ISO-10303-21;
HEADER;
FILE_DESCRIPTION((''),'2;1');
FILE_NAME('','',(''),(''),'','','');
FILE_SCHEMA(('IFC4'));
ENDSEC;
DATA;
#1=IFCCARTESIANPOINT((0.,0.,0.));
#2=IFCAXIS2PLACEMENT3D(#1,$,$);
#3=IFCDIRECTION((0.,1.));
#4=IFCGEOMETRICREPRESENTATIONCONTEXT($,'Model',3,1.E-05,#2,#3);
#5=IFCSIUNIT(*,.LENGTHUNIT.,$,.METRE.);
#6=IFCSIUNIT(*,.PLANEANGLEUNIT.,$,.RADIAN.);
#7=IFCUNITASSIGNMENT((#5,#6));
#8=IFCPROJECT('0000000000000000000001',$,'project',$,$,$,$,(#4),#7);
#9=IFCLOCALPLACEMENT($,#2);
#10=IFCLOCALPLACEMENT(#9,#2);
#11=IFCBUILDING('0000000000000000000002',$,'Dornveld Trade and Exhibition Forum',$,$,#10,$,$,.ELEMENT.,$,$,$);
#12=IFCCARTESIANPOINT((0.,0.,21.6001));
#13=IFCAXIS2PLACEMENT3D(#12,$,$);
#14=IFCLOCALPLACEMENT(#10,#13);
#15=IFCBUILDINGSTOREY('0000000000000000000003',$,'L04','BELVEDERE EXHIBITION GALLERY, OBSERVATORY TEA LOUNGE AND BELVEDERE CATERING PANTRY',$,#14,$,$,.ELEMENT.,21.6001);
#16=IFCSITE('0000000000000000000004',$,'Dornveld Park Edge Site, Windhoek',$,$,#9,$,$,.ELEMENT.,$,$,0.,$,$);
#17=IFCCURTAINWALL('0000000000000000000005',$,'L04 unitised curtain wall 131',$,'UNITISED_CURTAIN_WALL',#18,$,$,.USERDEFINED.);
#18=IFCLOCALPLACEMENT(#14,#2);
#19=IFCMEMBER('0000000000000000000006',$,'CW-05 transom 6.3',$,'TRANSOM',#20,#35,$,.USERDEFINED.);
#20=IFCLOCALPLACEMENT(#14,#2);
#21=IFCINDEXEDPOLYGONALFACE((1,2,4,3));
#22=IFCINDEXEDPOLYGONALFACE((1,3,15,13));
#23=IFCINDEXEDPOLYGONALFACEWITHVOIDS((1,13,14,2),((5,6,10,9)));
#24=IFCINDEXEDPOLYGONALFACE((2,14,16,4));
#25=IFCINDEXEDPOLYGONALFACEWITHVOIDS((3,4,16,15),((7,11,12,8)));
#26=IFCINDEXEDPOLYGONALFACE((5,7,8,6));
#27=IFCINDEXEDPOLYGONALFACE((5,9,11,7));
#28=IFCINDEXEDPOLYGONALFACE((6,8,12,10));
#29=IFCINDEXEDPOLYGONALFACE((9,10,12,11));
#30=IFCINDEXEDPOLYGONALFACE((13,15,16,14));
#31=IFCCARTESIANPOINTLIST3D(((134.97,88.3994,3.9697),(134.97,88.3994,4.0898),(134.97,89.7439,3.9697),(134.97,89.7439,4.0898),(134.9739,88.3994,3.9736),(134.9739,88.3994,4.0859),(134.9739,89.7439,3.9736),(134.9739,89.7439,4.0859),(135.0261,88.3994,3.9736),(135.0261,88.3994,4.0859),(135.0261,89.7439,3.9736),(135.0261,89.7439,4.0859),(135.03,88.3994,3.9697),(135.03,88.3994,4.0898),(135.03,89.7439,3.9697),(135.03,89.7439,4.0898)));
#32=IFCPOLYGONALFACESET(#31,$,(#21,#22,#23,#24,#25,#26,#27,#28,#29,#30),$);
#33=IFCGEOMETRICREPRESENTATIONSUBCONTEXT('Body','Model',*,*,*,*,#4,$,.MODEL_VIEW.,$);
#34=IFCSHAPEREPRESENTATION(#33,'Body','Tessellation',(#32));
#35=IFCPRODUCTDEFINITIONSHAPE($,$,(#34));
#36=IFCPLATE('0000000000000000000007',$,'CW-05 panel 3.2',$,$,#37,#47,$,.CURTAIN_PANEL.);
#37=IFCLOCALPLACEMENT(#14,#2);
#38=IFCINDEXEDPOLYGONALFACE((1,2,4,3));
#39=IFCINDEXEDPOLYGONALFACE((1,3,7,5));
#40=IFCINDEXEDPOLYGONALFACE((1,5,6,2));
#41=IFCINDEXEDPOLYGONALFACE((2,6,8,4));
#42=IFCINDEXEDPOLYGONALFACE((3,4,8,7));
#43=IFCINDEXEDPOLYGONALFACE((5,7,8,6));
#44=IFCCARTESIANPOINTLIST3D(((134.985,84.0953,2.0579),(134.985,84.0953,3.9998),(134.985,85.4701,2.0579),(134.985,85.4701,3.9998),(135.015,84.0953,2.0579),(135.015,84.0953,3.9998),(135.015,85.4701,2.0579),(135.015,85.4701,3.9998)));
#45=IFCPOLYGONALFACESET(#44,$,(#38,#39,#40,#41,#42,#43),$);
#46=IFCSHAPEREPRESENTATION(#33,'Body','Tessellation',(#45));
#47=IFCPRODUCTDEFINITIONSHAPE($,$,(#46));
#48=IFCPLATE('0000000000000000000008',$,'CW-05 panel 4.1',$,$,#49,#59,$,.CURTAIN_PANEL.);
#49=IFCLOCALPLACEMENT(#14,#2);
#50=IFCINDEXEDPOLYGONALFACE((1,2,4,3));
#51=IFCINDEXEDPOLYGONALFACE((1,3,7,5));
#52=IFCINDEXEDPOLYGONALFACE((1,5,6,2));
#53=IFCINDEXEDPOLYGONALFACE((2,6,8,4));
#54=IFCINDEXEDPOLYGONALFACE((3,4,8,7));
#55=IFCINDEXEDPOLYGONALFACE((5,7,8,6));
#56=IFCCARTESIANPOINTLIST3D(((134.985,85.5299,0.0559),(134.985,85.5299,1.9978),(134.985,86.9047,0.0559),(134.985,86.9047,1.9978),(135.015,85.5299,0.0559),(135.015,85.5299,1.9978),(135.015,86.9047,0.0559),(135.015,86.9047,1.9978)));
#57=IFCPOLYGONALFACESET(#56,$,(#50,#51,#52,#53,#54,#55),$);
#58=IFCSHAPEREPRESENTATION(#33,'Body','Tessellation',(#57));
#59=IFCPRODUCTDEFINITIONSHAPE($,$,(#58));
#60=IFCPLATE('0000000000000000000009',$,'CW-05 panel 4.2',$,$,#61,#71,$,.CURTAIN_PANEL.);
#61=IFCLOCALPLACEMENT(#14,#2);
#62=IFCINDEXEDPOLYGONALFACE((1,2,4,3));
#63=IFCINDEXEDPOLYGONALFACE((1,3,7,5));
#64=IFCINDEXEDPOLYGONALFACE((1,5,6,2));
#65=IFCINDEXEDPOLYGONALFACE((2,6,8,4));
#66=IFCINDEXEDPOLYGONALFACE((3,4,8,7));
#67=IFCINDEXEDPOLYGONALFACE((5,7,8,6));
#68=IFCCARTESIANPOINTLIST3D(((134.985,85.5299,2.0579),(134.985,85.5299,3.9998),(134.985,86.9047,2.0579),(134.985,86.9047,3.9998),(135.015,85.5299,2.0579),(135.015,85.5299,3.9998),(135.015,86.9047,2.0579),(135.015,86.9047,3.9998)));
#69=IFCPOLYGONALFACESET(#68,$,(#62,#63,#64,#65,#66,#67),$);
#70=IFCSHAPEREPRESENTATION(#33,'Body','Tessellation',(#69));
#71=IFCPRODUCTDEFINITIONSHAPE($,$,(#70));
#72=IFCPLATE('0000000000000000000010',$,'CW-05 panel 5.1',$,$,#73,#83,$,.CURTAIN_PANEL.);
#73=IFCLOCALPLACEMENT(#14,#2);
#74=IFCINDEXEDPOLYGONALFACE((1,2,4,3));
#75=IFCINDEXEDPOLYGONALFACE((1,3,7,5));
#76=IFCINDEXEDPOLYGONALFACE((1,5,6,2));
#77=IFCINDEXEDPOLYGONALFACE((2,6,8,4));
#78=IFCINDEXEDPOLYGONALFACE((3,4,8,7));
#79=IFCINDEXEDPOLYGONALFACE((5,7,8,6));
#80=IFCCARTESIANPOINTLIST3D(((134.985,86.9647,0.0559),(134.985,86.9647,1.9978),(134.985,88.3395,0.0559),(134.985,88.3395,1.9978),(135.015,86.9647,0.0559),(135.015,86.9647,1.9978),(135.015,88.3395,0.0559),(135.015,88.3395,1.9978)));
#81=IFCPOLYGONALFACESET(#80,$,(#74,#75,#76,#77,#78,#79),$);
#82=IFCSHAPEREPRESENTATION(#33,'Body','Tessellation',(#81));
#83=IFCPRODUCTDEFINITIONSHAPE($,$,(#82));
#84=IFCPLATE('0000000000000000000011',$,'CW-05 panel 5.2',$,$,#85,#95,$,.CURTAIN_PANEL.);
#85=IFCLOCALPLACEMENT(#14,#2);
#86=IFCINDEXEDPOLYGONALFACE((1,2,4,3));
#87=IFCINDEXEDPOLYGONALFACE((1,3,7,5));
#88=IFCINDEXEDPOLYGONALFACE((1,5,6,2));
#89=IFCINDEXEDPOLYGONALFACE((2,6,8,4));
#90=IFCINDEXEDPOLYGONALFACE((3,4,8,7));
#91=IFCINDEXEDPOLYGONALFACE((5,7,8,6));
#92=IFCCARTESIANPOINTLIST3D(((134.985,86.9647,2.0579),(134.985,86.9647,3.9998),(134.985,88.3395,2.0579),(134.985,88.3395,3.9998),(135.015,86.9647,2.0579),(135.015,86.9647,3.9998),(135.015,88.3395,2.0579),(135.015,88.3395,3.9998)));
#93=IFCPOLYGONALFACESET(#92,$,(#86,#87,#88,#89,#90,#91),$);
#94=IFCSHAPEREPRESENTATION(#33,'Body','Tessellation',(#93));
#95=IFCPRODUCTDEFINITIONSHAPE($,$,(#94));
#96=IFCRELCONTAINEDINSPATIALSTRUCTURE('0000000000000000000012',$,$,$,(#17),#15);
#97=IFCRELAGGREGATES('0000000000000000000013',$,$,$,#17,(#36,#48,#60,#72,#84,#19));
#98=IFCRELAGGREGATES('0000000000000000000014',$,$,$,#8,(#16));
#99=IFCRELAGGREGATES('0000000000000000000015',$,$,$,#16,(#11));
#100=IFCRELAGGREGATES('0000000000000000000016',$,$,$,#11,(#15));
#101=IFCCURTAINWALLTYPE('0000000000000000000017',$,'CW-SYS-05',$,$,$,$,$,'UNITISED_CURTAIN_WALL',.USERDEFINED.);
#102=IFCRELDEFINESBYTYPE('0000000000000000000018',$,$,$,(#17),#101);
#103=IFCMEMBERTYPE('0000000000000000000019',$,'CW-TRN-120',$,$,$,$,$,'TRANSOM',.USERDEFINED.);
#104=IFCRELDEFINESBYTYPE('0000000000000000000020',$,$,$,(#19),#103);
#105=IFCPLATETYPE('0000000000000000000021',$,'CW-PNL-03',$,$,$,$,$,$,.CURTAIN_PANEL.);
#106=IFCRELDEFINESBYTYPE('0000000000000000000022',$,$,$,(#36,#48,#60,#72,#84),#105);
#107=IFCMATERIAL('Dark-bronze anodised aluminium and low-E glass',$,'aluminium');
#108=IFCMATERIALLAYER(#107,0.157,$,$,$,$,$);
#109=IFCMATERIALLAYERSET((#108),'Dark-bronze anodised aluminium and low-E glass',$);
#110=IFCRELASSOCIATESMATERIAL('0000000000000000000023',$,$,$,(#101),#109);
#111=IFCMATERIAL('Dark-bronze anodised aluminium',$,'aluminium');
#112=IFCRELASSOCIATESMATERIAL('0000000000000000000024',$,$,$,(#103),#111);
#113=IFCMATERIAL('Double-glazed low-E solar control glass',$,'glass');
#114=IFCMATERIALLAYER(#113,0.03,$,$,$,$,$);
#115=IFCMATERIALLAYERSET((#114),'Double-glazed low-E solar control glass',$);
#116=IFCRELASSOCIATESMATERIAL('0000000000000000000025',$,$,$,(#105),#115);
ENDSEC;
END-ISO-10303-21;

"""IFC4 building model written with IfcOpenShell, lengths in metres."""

from ifc_helpers import new_model, si_unit, direction, frame, origin, origin_2d, place, context, subcontext, project, spatial, rectangle, hollow_rectangle, extrude, material, layer, layer_set, material_profile, profile_set, type_object, element, aggregate, save


model = new_model("IFC4")

# Units and contexts
model_context = context("Model", 3, precision=1e-05, world=origin(), true_north=direction((0.0, 1.0)))
body_context = subcontext(model_context, "Body", "Model", "MODEL_VIEW")
ifc_project = project(units=[si_unit("LENGTHUNIT", "METRE"), si_unit("PLANEANGLEUNIT", "RADIAN")], contexts=[model_context])

# Site, building, storey
site_placement = place(None, origin())
site = spatial("IfcSite", under=ifc_project, at=site_placement, Name="Dornveld Park Edge Site, Windhoek", CompositionType="ELEMENT", RefElevation=0.0)
building_placement = place(site_placement, origin())
building = spatial("IfcBuilding", under=site, at=building_placement, Name="Dornveld Trade and Exhibition Forum", CompositionType="ELEMENT")
storey_placement = place(building_placement, frame((0.0, 0.0, 21.6001)))
storey = spatial("IfcBuildingStorey", under=building, at=storey_placement, Name="L04", Description="BELVEDERE EXHIBITION GALLERY, OBSERVATORY TEA LOUNGE AND BELVEDERE CATERING PANTRY", CompositionType="ELEMENT", Elevation=21.6001)

# Curtain wall, member, plates
ifc_material_1 = material(Name="Dark-bronze anodised aluminium and low-E glass", Category="aluminium")
ifc_layer_1 = layer(ifc_material_1, 0.157)
ifc_layer_set_1 = layer_set([ifc_layer_1], Name="Dark-bronze anodised aluminium and low-E glass")
curtain_wall_type = type_object("IfcCurtainWallType", Name="CW-SYS-05", ElementType="UNITISED_CURTAIN_WALL", PredefinedType="USERDEFINED", material=ifc_layer_set_1)
curtain_wall_placement = place(storey_placement, origin())
curtain_wall = element("IfcCurtainWall", 1, at=curtain_wall_placement, inside=storey, type_object=curtain_wall_type, Name="L04 unitised curtain wall 131", ObjectType="UNITISED_CURTAIN_WALL", PredefinedType="USERDEFINED")
ifc_material_2 = material(Name="Dark-bronze anodised aluminium", Category="aluminium")
ifc_material_profile_1 = material_profile(ifc_material_2, hollow_rectangle(XDim=0.0601, YDim=0.1201, WallThickness=0.0039, at=origin_2d()), Name="RHS 120x60x4")
ifc_profile_set_1 = profile_set([ifc_material_profile_1], Name="Dark-bronze anodised aluminium")
member_type_1 = type_object("IfcMemberType", Name="CW-TRN-120", ElementType="TRANSOM", PredefinedType="USERDEFINED", material=ifc_profile_set_1)
member_1_placement = place(storey_placement, frame((135.0, 88.3994, 4.0298), z_axis=(0.0, 1.0, 0.0), x_axis=(-1.0, 0.0, 0.0)))
member_1 = element("IfcMember", 2, at=member_1_placement, type_object=member_type_1, Name="CW-05 transom 6.3", ObjectType="TRANSOM", PredefinedType="USERDEFINED", context=body_context, shape_type="SweptSolid", body=[
    extrude(hollow_rectangle(XDim=0.0601, YDim=0.1201, WallThickness=0.0039, at=origin_2d()), origin(), (0.0, 0.0, 1.0), 1.3445),
])
ifc_material_3 = material(Name="Double-glazed low-E solar control glass", Category="glass")
ifc_layer_2 = layer(ifc_material_3, 0.03)
ifc_layer_set_2 = layer_set([ifc_layer_2], Name="Double-glazed low-E solar control glass")
plate_type = type_object("IfcPlateType", Name="CW-PNL-03", PredefinedType="CURTAIN_PANEL", material=ifc_layer_set_2)
plate_1_placement = place(storey_placement, frame((135.0, 84.7827, 2.0579), z_axis=(0.0, 0.0, 1.0), x_axis=(0.0, 1.0, 0.0)))
plate_1 = element("IfcPlate", 3, at=plate_1_placement, type_object=plate_type, Name="CW-05 panel 3.2", PredefinedType="CURTAIN_PANEL", context=body_context, shape_type="SweptSolid", body=[
    extrude(rectangle(XDim=1.3748, YDim=0.03, at=origin_2d()), origin(), (0.0, 0.0, 1.0), 1.9419),
])
plate_2_placement = place(storey_placement, frame((135.0, 86.2173, 0.0559), z_axis=(0.0, 0.0, 1.0), x_axis=(0.0, 1.0, 0.0)))
plate_2 = element("IfcPlate", 4, at=plate_2_placement, type_object=plate_type, Name="CW-05 panel 4.1", PredefinedType="CURTAIN_PANEL", context=body_context, shape_type="SweptSolid", body=[
    extrude(rectangle(XDim=1.3748, YDim=0.03, at=origin_2d()), origin(), (0.0, 0.0, 1.0), 1.9419),
])
plate_3_placement = place(storey_placement, frame((135.0, 86.2173, 2.0579), z_axis=(0.0, 0.0, 1.0), x_axis=(0.0, 1.0, 0.0)))
plate_3 = element("IfcPlate", 5, at=plate_3_placement, type_object=plate_type, Name="CW-05 panel 4.2", PredefinedType="CURTAIN_PANEL", context=body_context, shape_type="SweptSolid", body=[
    extrude(rectangle(XDim=1.3748, YDim=0.03, at=origin_2d()), origin(), (0.0, 0.0, 1.0), 1.9419),
])
plate_4_placement = place(storey_placement, frame((135.0, 87.6521, 0.0559), z_axis=(0.0, 0.0, 1.0), x_axis=(0.0, 1.0, 0.0)))
plate_4 = element("IfcPlate", 6, at=plate_4_placement, type_object=plate_type, Name="CW-05 panel 5.1", PredefinedType="CURTAIN_PANEL", context=body_context, shape_type="SweptSolid", body=[
    extrude(rectangle(XDim=1.3748, YDim=0.03, at=origin_2d()), origin(), (0.0, 0.0, 1.0), 1.9419),
])
plate_5_placement = place(storey_placement, frame((135.0, 87.6521, 2.0579), z_axis=(0.0, 0.0, 1.0), x_axis=(0.0, 1.0, 0.0)))
plate_5 = element("IfcPlate", 7, at=plate_5_placement, type_object=plate_type, Name="CW-05 panel 5.2", PredefinedType="CURTAIN_PANEL", context=body_context, shape_type="SweptSolid", body=[
    extrude(rectangle(XDim=1.3748, YDim=0.03, at=origin_2d()), origin(), (0.0, 0.0, 1.0), 1.9419),
])
aggregate(curtain_wall, [plate_1, plate_2, plate_3, plate_4, plate_5, member_1])

save(model, "model.ifc")
